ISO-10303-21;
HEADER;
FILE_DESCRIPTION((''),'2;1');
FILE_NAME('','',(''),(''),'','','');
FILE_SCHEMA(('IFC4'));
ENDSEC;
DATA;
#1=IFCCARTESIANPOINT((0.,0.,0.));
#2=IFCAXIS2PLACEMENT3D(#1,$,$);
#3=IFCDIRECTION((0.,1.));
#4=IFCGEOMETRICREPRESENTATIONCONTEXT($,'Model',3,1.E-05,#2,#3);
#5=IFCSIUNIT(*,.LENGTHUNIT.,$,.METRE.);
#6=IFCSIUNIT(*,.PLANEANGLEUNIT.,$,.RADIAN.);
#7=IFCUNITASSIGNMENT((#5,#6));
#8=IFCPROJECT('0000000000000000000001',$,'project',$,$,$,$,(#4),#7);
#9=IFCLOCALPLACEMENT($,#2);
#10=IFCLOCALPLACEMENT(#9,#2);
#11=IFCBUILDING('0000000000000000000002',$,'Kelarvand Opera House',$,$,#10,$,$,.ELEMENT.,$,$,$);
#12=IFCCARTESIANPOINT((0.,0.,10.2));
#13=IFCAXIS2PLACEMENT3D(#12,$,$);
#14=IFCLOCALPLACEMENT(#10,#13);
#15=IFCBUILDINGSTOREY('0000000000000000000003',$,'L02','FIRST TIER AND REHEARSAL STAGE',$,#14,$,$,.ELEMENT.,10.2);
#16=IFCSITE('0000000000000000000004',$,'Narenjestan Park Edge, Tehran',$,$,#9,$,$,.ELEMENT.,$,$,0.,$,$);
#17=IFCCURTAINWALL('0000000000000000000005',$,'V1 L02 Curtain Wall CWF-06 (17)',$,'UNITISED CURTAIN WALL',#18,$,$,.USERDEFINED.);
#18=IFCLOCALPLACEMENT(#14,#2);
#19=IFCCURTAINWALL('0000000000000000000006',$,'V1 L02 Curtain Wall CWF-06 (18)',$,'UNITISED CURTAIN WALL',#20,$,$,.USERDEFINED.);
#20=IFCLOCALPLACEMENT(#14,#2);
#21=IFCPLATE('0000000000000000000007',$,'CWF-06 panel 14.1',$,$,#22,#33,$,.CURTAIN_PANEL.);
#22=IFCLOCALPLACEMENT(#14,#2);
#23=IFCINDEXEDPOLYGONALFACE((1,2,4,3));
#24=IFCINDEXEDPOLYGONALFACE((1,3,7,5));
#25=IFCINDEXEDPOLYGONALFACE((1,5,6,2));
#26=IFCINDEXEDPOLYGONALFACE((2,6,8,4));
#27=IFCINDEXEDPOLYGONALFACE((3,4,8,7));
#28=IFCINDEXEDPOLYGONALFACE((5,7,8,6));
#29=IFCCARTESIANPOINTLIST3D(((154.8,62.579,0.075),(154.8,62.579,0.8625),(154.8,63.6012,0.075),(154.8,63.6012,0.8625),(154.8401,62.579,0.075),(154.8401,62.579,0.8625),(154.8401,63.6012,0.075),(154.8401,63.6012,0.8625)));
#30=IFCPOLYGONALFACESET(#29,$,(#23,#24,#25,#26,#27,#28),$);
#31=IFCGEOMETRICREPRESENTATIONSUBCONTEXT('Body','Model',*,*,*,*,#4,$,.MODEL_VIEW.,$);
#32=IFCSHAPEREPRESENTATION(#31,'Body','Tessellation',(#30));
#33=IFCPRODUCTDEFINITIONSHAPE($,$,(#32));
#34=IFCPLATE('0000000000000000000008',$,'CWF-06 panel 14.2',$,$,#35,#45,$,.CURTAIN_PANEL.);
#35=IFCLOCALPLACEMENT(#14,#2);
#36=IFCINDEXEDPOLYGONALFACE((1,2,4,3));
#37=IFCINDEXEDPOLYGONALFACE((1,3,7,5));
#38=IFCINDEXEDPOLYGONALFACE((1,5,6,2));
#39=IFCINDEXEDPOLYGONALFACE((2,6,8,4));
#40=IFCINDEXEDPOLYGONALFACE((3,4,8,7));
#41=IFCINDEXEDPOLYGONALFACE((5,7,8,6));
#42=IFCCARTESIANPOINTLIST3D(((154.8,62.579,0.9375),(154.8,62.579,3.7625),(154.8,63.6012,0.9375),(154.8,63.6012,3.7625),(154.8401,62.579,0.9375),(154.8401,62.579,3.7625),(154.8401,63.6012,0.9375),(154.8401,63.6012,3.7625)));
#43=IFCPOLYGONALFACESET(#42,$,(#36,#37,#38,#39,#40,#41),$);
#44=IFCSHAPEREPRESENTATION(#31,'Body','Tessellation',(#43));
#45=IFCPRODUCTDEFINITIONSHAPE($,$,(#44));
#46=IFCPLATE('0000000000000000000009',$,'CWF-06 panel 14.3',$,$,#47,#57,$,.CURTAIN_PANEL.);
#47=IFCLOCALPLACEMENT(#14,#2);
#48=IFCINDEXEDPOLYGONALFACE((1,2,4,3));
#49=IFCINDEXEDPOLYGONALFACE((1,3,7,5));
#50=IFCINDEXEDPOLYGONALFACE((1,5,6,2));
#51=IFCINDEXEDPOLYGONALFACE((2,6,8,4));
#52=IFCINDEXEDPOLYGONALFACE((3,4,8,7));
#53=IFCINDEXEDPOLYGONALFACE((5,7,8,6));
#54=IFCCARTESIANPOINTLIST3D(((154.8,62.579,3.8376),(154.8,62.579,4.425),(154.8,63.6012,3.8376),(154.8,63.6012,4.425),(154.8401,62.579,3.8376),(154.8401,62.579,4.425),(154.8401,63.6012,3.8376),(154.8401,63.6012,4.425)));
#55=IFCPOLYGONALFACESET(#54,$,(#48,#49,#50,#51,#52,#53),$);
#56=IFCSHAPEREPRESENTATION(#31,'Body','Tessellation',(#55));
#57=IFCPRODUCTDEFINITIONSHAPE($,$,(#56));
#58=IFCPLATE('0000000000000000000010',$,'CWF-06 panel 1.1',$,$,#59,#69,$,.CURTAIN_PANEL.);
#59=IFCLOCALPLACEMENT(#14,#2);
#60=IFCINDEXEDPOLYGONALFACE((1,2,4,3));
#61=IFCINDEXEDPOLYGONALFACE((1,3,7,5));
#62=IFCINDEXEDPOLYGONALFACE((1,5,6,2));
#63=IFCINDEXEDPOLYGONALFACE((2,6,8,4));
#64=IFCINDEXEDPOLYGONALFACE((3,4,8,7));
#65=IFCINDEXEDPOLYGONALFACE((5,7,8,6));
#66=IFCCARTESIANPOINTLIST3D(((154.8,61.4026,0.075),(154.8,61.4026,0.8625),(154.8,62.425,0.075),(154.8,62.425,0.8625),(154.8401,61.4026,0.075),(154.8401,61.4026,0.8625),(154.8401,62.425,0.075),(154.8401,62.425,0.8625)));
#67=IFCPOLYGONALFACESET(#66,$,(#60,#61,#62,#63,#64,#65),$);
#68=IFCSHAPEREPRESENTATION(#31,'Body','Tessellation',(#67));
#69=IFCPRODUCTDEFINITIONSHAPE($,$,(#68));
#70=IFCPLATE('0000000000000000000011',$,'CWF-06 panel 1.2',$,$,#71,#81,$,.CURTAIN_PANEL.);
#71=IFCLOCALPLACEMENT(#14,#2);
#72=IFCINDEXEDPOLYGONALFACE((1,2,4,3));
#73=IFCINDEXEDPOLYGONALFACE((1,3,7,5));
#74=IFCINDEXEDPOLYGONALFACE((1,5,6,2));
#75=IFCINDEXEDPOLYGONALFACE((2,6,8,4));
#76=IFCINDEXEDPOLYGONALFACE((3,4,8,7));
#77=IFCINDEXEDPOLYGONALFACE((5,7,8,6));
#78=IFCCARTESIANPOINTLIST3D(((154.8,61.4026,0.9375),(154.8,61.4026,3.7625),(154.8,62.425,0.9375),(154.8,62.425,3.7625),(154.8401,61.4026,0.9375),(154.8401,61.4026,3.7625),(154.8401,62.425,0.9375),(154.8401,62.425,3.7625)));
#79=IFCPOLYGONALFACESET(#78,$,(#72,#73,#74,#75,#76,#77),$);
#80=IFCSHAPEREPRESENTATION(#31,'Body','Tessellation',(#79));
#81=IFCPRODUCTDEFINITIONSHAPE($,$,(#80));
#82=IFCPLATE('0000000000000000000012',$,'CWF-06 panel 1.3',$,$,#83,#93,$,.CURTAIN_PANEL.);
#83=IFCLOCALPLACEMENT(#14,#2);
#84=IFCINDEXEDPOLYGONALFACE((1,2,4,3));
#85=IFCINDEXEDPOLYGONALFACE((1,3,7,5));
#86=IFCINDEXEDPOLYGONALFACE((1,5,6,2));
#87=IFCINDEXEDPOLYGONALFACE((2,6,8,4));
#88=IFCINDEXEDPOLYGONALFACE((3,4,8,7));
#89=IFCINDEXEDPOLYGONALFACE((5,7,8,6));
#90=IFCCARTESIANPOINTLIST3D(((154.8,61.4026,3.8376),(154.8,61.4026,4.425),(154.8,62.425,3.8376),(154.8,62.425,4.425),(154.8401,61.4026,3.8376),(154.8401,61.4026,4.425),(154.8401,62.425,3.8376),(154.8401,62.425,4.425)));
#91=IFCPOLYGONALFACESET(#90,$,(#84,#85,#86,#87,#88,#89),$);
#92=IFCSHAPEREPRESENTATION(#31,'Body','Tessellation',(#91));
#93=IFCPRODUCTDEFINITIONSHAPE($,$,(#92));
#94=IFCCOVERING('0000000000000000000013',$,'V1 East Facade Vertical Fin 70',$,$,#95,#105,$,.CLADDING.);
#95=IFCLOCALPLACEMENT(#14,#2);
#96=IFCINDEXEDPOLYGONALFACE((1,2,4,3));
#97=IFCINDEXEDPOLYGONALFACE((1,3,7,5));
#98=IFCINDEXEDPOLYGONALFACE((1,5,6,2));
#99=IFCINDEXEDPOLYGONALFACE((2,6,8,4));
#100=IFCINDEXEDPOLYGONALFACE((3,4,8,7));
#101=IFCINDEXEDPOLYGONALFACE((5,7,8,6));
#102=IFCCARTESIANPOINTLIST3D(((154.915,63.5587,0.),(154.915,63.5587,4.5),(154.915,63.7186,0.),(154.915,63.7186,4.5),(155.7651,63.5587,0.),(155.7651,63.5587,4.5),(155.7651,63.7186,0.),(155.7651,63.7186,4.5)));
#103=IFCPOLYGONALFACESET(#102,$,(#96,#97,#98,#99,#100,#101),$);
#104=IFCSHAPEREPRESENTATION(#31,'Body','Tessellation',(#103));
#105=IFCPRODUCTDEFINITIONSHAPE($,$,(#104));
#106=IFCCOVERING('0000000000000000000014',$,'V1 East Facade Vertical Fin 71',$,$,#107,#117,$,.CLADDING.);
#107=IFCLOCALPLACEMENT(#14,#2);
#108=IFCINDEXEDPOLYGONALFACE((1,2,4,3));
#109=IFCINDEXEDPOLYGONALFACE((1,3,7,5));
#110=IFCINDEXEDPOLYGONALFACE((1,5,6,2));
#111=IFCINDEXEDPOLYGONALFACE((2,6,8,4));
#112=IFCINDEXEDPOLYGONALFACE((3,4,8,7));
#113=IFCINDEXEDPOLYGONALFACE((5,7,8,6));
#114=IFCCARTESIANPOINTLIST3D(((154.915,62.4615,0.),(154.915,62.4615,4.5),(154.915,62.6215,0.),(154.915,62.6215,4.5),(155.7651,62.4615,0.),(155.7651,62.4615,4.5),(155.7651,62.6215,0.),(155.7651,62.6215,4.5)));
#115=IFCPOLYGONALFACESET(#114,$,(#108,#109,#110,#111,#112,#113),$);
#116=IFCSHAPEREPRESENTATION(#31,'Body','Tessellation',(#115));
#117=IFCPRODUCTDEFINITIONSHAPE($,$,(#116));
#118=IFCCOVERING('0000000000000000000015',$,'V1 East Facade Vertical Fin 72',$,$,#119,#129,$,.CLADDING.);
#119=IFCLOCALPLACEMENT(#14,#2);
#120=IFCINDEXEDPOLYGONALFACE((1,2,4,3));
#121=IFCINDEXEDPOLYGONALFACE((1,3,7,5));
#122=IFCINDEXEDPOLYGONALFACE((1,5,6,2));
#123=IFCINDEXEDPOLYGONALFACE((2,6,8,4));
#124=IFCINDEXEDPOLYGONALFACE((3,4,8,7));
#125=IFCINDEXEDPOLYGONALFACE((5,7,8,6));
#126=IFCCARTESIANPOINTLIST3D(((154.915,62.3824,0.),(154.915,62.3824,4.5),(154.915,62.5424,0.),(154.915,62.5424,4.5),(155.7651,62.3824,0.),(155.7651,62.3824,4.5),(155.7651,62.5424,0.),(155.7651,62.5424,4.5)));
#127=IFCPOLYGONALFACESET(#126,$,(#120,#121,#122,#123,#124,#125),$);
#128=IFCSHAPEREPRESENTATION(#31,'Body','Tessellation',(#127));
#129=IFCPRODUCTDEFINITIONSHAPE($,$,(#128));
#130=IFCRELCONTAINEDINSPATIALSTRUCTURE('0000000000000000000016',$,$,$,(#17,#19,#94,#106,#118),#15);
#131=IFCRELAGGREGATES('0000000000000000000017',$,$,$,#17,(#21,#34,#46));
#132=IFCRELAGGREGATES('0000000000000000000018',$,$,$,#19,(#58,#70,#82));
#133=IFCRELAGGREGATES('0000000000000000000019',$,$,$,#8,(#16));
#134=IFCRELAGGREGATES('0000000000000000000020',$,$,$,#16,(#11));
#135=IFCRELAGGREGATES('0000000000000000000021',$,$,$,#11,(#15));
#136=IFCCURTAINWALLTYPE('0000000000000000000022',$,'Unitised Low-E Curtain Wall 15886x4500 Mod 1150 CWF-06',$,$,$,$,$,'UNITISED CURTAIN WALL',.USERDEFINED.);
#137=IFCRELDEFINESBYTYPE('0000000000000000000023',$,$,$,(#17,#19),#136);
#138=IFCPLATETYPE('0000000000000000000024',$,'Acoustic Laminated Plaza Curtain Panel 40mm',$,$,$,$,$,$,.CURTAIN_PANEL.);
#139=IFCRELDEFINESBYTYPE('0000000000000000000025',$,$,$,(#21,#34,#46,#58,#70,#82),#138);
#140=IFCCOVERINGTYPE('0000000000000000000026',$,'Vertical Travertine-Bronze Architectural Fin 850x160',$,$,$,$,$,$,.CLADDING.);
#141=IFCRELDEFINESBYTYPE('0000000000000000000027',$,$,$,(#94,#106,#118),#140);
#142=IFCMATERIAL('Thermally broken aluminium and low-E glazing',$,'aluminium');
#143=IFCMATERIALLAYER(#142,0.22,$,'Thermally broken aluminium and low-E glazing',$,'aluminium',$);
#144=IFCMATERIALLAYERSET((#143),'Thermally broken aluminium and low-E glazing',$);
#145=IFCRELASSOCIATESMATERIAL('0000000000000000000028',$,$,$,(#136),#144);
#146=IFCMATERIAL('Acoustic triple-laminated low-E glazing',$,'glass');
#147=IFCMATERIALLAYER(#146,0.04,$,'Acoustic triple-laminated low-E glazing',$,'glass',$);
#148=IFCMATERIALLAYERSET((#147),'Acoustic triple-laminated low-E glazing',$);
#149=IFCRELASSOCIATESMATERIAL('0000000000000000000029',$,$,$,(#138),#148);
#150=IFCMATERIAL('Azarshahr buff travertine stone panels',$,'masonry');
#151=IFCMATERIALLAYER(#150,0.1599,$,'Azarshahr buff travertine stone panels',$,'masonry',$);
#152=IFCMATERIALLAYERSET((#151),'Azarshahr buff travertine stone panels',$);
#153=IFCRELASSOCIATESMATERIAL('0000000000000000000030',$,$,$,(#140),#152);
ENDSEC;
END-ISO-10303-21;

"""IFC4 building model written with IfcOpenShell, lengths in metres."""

from ifc_helpers import new_model, si_unit, direction, frame, origin, origin_2d, place, context, subcontext, project, spatial, rectangle, extrude, material, layer, layer_set, type_object, element, aggregate, save


model = new_model("IFC4")

# Units and contexts
model_context = context("Model", 3, precision=1e-05, world=origin(), true_north=direction((0.0, 1.0)))
body_context = subcontext(model_context, "Body", "Model", "MODEL_VIEW")
ifc_project = project(units=[si_unit("LENGTHUNIT", "METRE"), si_unit("PLANEANGLEUNIT", "RADIAN")], contexts=[model_context])

# Site, building, storey
site_placement = place(None, origin())
site = spatial("IfcSite", under=ifc_project, at=site_placement, Name="Narenjestan Park Edge, Tehran", CompositionType="ELEMENT", RefElevation=0.0)
building_placement = place(site_placement, origin())
building = spatial("IfcBuilding", under=site, at=building_placement, Name="Kelarvand Opera House", CompositionType="ELEMENT")
storey_placement = place(building_placement, frame((0.0, 0.0, 10.2)))
storey = spatial("IfcBuildingStorey", under=building, at=storey_placement, Name="L02", Description="FIRST TIER AND REHEARSAL STAGE", CompositionType="ELEMENT", Elevation=10.2)

# Curtain wall
ifc_material_1 = material(Name="Thermally broken aluminium and low-E glazing", Category="aluminium")
ifc_layer_1 = layer(ifc_material_1, 0.22, Name="Thermally broken aluminium and low-E glazing", Category="aluminium")
ifc_layer_set_1 = layer_set([ifc_layer_1], Name="Thermally broken aluminium and low-E glazing")
curtain_wall_type = type_object("IfcCurtainWallType", Name="Unitised Low-E Curtain Wall 15886x4500 Mod 1150 CWF-06", ElementType="UNITISED CURTAIN WALL", PredefinedType="USERDEFINED", material=ifc_layer_set_1)
curtain_wall_1_placement = place(storey_placement, origin())
curtain_wall_1 = element("IfcCurtainWall", 1, at=curtain_wall_1_placement, inside=storey, type_object=curtain_wall_type, Name="V1 L02 Curtain Wall CWF-06 (17)", ObjectType="UNITISED CURTAIN WALL", PredefinedType="USERDEFINED")

# Curtain wall
curtain_wall_2_placement = place(storey_placement, origin())
curtain_wall_2 = element("IfcCurtainWall", 2, at=curtain_wall_2_placement, inside=storey, type_object=curtain_wall_type, Name="V1 L02 Curtain Wall CWF-06 (18)", ObjectType="UNITISED CURTAIN WALL", PredefinedType="USERDEFINED")

# Plates
ifc_material_2 = material(Name="Acoustic triple-laminated low-E glazing", Category="glass")
ifc_layer_2 = layer(ifc_material_2, 0.04, Name="Acoustic triple-laminated low-E glazing", Category="glass")
ifc_layer_set_2 = layer_set([ifc_layer_2], Name="Acoustic triple-laminated low-E glazing")
plate_type = type_object("IfcPlateType", Name="Acoustic Laminated Plaza Curtain Panel 40mm", PredefinedType="CURTAIN_PANEL", material=ifc_layer_set_2)
plate_1_placement = place(storey_placement, frame((154.8201, 63.0901, 0.075), z_axis=(0.0, 0.0, 1.0), x_axis=(0.0, -1.0, 0.0)))
plate_1 = element("IfcPlate", 3, at=plate_1_placement, type_object=plate_type, Name="CWF-06 panel 14.1", PredefinedType="CURTAIN_PANEL", context=body_context, shape_type="SweptSolid", body=[
    extrude(rectangle(XDim=1.0222, YDim=0.04, at=origin_2d()), origin(), (0.0, 0.0, 1.0), 0.7876),
])
plate_2_placement = place(storey_placement, frame((154.8201, 63.0901, 0.9375), z_axis=(0.0, 0.0, 1.0), x_axis=(0.0, -1.0, 0.0)))
plate_2 = element("IfcPlate", 4, at=plate_2_placement, type_object=plate_type, Name="CWF-06 panel 14.2", PredefinedType="CURTAIN_PANEL", context=body_context, shape_type="SweptSolid", body=[
    extrude(rectangle(XDim=1.0222, YDim=0.04, at=origin_2d()), origin(), (0.0, 0.0, 1.0), 2.825),
])
plate_3_placement = place(storey_placement, frame((154.8201, 63.0901, 3.8376), z_axis=(0.0, 0.0, 1.0), x_axis=(0.0, -1.0, 0.0)))
plate_3 = element("IfcPlate", 5, at=plate_3_placement, type_object=plate_type, Name="CWF-06 panel 14.3", PredefinedType="CURTAIN_PANEL", context=body_context, shape_type="SweptSolid", body=[
    extrude(rectangle(XDim=1.0222, YDim=0.04, at=origin_2d()), origin(), (0.0, 0.0, 1.0), 0.5874),
])
aggregate(curtain_wall_1, [plate_1, plate_2, plate_3])
plate_4_placement = place(storey_placement, frame((154.8201, 61.9138, 0.075), z_axis=(0.0, 0.0, 1.0), x_axis=(0.0, -1.0, 0.0)))
plate_4 = element("IfcPlate", 6, at=plate_4_placement, type_object=plate_type, Name="CWF-06 panel 1.1", PredefinedType="CURTAIN_PANEL", context=body_context, shape_type="SweptSolid", body=[
    extrude(rectangle(XDim=1.0225, YDim=0.04, at=origin_2d()), origin(), (0.0, 0.0, 1.0), 0.7876),
])
plate_5_placement = place(storey_placement, frame((154.8201, 61.9138, 0.9375), z_axis=(0.0, 0.0, 1.0), x_axis=(0.0, -1.0, 0.0)))
plate_5 = element("IfcPlate", 7, at=plate_5_placement, type_object=plate_type, Name="CWF-06 panel 1.2", PredefinedType="CURTAIN_PANEL", context=body_context, shape_type="SweptSolid", body=[
    extrude(rectangle(XDim=1.0225, YDim=0.04, at=origin_2d()), origin(), (0.0, 0.0, 1.0), 2.825),
])
plate_6_placement = place(storey_placement, frame((154.8201, 61.9138, 3.8376), z_axis=(0.0, 0.0, 1.0), x_axis=(0.0, -1.0, 0.0)))
plate_6 = element("IfcPlate", 8, at=plate_6_placement, type_object=plate_type, Name="CWF-06 panel 1.3", PredefinedType="CURTAIN_PANEL", context=body_context, shape_type="SweptSolid", body=[
    extrude(rectangle(XDim=1.0225, YDim=0.04, at=origin_2d()), origin(), (0.0, 0.0, 1.0), 0.5874),
])
aggregate(curtain_wall_2, [plate_4, plate_5, plate_6])

# Coverings
ifc_material_3 = material(Name="Azarshahr buff travertine stone panels", Category="masonry")
ifc_layer_3 = layer(ifc_material_3, 0.1599, Name="Azarshahr buff travertine stone panels", Category="masonry")
ifc_layer_set_3 = layer_set([ifc_layer_3], Name="Azarshahr buff travertine stone panels")
covering_type = type_object("IfcCoveringType", Name="Vertical Travertine-Bronze Architectural Fin 850x160", PredefinedType="CLADDING", material=ifc_layer_set_3)
for number, where, z_axis, x_axis, name in (
    (9, (155.3401, 63.6387, 0.0), (0.0, 0.0, 1.0), (1.0, 0.0, 0.0), "V1 East Facade Vertical Fin 70"),
    (10, (155.3401, 62.5415, 0.0), (0.0, 0.0, 1.0), (1.0, 0.0, 0.0), "V1 East Facade Vertical Fin 71"),
    (11, (155.3401, 62.4624, 0.0), (0.0, 0.0, 1.0), (1.0, 0.0, 0.0), "V1 East Facade Vertical Fin 72"),
):
    element("IfcCovering", number, at=place(storey_placement, frame(where, z_axis=z_axis, x_axis=x_axis)), inside=storey, type_object=covering_type, Name=name, PredefinedType="CLADDING", context=body_context, shape_type="SweptSolid", body=[
        extrude(rectangle(XDim=0.8501, YDim=0.1599, at=origin_2d()), origin(), (0.0, 0.0, 1.0), 4.5),
    ])

save(model, "model.ifc")
